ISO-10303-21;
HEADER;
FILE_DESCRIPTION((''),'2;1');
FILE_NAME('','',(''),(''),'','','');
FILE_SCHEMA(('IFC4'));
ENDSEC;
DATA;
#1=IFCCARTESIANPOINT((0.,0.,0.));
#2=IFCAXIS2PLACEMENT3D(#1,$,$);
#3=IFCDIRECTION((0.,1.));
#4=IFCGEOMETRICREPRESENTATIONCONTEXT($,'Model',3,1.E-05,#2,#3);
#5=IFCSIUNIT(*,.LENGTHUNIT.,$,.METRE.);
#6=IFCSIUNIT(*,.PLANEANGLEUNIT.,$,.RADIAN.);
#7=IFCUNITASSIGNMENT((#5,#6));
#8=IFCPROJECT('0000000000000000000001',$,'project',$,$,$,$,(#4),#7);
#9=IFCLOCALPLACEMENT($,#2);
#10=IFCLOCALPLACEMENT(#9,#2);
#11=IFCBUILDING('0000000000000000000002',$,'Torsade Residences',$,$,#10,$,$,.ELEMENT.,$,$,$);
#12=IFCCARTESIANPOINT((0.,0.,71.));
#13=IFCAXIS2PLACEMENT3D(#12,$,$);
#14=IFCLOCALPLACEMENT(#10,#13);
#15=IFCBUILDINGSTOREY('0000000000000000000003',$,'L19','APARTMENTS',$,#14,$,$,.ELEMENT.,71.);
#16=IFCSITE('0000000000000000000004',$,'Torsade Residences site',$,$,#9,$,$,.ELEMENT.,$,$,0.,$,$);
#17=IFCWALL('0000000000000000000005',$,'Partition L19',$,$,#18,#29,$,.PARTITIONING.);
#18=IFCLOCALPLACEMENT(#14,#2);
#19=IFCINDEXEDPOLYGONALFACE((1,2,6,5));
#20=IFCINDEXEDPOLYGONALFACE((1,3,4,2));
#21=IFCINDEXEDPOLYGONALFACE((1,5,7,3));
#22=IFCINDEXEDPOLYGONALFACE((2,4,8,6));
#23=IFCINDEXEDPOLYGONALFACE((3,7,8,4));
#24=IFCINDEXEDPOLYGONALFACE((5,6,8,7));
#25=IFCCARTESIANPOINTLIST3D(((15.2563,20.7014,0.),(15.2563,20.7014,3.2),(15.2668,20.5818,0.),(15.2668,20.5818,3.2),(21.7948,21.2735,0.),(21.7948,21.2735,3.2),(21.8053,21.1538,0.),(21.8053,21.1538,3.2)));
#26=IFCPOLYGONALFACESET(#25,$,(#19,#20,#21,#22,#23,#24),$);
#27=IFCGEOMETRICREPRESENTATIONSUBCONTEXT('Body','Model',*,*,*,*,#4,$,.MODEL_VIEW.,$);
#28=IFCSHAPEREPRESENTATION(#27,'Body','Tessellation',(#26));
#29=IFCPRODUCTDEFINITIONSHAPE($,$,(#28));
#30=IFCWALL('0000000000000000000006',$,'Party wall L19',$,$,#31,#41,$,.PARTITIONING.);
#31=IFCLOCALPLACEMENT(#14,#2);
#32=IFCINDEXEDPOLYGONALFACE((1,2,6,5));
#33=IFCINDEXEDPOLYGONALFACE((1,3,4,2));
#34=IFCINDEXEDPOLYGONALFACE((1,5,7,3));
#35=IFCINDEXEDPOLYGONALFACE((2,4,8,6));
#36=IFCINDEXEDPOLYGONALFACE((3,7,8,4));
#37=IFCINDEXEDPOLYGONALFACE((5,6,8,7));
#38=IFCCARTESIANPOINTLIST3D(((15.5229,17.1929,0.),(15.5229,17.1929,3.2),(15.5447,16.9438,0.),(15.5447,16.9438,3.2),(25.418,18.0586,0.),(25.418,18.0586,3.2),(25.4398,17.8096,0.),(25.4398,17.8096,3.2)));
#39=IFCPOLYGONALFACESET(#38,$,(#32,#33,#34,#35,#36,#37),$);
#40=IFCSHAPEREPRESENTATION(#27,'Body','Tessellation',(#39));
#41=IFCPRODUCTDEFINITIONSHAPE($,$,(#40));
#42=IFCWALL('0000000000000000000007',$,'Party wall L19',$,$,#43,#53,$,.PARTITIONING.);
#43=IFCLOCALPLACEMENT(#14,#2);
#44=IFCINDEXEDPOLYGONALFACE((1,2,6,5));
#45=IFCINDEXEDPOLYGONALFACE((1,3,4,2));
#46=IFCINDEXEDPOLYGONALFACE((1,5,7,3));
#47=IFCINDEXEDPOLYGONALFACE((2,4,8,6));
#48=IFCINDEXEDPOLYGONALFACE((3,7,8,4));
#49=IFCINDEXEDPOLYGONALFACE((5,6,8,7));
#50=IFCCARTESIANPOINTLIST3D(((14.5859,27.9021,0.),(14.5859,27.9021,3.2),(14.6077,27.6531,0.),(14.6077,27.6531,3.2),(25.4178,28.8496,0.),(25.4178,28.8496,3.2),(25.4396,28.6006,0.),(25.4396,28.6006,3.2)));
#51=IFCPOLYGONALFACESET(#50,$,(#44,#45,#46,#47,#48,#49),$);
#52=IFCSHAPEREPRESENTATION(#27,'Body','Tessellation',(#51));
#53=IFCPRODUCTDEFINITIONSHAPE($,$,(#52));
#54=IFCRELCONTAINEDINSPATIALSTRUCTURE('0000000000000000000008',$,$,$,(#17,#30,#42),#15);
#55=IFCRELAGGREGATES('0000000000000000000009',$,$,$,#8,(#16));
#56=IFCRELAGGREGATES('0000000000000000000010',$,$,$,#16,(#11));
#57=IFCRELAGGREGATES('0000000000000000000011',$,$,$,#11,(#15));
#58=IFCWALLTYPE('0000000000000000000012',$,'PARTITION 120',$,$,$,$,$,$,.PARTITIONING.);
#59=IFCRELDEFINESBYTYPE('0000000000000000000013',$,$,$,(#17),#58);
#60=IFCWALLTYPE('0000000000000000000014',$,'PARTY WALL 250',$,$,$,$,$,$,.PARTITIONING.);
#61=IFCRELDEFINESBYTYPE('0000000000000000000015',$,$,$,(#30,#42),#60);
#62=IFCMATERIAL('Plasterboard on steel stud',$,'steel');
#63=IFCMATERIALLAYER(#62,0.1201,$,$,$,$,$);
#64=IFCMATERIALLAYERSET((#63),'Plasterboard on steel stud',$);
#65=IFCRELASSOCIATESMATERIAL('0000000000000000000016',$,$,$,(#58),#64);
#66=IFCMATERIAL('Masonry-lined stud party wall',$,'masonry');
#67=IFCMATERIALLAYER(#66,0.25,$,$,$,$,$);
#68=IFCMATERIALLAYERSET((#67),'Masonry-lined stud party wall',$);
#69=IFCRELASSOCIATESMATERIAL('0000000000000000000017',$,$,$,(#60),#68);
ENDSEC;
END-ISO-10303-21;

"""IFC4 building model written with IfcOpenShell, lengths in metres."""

from ifc_helpers import new_model, si_unit, direction, frame, frame_2d, origin, place, context, subcontext, project, spatial, rectangle, extrude, material, layer, layer_set, type_object, element, save


model = new_model("IFC4")

# Units and contexts
model_context = context("Model", 3, precision=1e-05, world=origin(), true_north=direction((0.0, 1.0)))
body_context = subcontext(model_context, "Body", "Model", "MODEL_VIEW")
ifc_project = project(units=[si_unit("LENGTHUNIT", "METRE"), si_unit("PLANEANGLEUNIT", "RADIAN")], contexts=[model_context])

# Site, building, storey
site_placement = place(None, origin())
site = spatial("IfcSite", under=ifc_project, at=site_placement, Name="Torsade Residences site", CompositionType="ELEMENT", RefElevation=0.0)
building_placement = place(site_placement, origin())
building = spatial("IfcBuilding", under=site, at=building_placement, Name="Torsade Residences", CompositionType="ELEMENT")
storey_placement = place(building_placement, frame((0.0, 0.0, 71.0)))
storey = spatial("IfcBuildingStorey", under=building, at=storey_placement, Name="L19", Description="APARTMENTS", CompositionType="ELEMENT", Elevation=71.0)

# Shared definitions
ifc_material_1 = material(Name="Plasterboard on steel stud", Category="steel")
ifc_layer_1 = layer(ifc_material_1, 0.1201)
ifc_layer_set_1 = layer_set([ifc_layer_1], Name="Plasterboard on steel stud")
wall_type_1 = type_object("IfcWallType", Name="PARTITION 120", PredefinedType="PARTITIONING", material=ifc_layer_set_1)

# Walls
wall_1_placement = place(storey_placement, frame((21.8, 21.2136, 0.0), z_axis=(0.0, 0.0, 1.0), x_axis=(-0.996195, -0.087151, 0.0)))
element("IfcWall", 1, at=wall_1_placement, inside=storey, type_object=wall_type_1, Name="Partition L19", PredefinedType="PARTITIONING", context=body_context, shape_type="SweptSolid", body=[
    extrude(rectangle(XDim=6.5635, YDim=0.1201, at=frame_2d((3.2817, 0.0))), origin(), (0.0, 0.0, 1.0), 3.2),
])
ifc_material_2 = material(Name="Masonry-lined stud party wall", Category="masonry")
ifc_layer_2 = layer(ifc_material_2, 0.25)
ifc_layer_set_2 = layer_set([ifc_layer_2], Name="Masonry-lined stud party wall")
wall_type_2 = type_object("IfcWallType", Name="PARTY WALL 250", PredefinedType="PARTITIONING", material=ifc_layer_set_2)
wall_2_placement = place(storey_placement, frame((15.5339, 17.0684, 0.0), z_axis=(0.0, 0.0, 1.0), x_axis=(0.996195, 0.087158, 0.0)))
element("IfcWall", 2, at=wall_2_placement, inside=storey, type_object=wall_type_2, Name="Party wall L19", PredefinedType="PARTITIONING", context=body_context, shape_type="SweptSolid", body=[
    extrude(rectangle(XDim=9.9329, YDim=0.25, at=frame_2d((4.9663, 0.0))), origin(), (0.0, 0.0, 1.0), 3.2),
])
wall_3_placement = place(storey_placement, frame((14.5969, 27.7776, 0.0), z_axis=(0.0, 0.0, 1.0), x_axis=(0.996196, 0.08714, 0.0)))
element("IfcWall", 3, at=wall_3_placement, inside=storey, type_object=wall_type_2, Name="Party wall L19", PredefinedType="PARTITIONING", context=body_context, shape_type="SweptSolid", body=[
    extrude(rectangle(XDim=10.8733, YDim=0.25, at=frame_2d((5.4365, 0.0))), origin(), (0.0, 0.0, 1.0), 3.2),
])

save(model, "model.ifc")
